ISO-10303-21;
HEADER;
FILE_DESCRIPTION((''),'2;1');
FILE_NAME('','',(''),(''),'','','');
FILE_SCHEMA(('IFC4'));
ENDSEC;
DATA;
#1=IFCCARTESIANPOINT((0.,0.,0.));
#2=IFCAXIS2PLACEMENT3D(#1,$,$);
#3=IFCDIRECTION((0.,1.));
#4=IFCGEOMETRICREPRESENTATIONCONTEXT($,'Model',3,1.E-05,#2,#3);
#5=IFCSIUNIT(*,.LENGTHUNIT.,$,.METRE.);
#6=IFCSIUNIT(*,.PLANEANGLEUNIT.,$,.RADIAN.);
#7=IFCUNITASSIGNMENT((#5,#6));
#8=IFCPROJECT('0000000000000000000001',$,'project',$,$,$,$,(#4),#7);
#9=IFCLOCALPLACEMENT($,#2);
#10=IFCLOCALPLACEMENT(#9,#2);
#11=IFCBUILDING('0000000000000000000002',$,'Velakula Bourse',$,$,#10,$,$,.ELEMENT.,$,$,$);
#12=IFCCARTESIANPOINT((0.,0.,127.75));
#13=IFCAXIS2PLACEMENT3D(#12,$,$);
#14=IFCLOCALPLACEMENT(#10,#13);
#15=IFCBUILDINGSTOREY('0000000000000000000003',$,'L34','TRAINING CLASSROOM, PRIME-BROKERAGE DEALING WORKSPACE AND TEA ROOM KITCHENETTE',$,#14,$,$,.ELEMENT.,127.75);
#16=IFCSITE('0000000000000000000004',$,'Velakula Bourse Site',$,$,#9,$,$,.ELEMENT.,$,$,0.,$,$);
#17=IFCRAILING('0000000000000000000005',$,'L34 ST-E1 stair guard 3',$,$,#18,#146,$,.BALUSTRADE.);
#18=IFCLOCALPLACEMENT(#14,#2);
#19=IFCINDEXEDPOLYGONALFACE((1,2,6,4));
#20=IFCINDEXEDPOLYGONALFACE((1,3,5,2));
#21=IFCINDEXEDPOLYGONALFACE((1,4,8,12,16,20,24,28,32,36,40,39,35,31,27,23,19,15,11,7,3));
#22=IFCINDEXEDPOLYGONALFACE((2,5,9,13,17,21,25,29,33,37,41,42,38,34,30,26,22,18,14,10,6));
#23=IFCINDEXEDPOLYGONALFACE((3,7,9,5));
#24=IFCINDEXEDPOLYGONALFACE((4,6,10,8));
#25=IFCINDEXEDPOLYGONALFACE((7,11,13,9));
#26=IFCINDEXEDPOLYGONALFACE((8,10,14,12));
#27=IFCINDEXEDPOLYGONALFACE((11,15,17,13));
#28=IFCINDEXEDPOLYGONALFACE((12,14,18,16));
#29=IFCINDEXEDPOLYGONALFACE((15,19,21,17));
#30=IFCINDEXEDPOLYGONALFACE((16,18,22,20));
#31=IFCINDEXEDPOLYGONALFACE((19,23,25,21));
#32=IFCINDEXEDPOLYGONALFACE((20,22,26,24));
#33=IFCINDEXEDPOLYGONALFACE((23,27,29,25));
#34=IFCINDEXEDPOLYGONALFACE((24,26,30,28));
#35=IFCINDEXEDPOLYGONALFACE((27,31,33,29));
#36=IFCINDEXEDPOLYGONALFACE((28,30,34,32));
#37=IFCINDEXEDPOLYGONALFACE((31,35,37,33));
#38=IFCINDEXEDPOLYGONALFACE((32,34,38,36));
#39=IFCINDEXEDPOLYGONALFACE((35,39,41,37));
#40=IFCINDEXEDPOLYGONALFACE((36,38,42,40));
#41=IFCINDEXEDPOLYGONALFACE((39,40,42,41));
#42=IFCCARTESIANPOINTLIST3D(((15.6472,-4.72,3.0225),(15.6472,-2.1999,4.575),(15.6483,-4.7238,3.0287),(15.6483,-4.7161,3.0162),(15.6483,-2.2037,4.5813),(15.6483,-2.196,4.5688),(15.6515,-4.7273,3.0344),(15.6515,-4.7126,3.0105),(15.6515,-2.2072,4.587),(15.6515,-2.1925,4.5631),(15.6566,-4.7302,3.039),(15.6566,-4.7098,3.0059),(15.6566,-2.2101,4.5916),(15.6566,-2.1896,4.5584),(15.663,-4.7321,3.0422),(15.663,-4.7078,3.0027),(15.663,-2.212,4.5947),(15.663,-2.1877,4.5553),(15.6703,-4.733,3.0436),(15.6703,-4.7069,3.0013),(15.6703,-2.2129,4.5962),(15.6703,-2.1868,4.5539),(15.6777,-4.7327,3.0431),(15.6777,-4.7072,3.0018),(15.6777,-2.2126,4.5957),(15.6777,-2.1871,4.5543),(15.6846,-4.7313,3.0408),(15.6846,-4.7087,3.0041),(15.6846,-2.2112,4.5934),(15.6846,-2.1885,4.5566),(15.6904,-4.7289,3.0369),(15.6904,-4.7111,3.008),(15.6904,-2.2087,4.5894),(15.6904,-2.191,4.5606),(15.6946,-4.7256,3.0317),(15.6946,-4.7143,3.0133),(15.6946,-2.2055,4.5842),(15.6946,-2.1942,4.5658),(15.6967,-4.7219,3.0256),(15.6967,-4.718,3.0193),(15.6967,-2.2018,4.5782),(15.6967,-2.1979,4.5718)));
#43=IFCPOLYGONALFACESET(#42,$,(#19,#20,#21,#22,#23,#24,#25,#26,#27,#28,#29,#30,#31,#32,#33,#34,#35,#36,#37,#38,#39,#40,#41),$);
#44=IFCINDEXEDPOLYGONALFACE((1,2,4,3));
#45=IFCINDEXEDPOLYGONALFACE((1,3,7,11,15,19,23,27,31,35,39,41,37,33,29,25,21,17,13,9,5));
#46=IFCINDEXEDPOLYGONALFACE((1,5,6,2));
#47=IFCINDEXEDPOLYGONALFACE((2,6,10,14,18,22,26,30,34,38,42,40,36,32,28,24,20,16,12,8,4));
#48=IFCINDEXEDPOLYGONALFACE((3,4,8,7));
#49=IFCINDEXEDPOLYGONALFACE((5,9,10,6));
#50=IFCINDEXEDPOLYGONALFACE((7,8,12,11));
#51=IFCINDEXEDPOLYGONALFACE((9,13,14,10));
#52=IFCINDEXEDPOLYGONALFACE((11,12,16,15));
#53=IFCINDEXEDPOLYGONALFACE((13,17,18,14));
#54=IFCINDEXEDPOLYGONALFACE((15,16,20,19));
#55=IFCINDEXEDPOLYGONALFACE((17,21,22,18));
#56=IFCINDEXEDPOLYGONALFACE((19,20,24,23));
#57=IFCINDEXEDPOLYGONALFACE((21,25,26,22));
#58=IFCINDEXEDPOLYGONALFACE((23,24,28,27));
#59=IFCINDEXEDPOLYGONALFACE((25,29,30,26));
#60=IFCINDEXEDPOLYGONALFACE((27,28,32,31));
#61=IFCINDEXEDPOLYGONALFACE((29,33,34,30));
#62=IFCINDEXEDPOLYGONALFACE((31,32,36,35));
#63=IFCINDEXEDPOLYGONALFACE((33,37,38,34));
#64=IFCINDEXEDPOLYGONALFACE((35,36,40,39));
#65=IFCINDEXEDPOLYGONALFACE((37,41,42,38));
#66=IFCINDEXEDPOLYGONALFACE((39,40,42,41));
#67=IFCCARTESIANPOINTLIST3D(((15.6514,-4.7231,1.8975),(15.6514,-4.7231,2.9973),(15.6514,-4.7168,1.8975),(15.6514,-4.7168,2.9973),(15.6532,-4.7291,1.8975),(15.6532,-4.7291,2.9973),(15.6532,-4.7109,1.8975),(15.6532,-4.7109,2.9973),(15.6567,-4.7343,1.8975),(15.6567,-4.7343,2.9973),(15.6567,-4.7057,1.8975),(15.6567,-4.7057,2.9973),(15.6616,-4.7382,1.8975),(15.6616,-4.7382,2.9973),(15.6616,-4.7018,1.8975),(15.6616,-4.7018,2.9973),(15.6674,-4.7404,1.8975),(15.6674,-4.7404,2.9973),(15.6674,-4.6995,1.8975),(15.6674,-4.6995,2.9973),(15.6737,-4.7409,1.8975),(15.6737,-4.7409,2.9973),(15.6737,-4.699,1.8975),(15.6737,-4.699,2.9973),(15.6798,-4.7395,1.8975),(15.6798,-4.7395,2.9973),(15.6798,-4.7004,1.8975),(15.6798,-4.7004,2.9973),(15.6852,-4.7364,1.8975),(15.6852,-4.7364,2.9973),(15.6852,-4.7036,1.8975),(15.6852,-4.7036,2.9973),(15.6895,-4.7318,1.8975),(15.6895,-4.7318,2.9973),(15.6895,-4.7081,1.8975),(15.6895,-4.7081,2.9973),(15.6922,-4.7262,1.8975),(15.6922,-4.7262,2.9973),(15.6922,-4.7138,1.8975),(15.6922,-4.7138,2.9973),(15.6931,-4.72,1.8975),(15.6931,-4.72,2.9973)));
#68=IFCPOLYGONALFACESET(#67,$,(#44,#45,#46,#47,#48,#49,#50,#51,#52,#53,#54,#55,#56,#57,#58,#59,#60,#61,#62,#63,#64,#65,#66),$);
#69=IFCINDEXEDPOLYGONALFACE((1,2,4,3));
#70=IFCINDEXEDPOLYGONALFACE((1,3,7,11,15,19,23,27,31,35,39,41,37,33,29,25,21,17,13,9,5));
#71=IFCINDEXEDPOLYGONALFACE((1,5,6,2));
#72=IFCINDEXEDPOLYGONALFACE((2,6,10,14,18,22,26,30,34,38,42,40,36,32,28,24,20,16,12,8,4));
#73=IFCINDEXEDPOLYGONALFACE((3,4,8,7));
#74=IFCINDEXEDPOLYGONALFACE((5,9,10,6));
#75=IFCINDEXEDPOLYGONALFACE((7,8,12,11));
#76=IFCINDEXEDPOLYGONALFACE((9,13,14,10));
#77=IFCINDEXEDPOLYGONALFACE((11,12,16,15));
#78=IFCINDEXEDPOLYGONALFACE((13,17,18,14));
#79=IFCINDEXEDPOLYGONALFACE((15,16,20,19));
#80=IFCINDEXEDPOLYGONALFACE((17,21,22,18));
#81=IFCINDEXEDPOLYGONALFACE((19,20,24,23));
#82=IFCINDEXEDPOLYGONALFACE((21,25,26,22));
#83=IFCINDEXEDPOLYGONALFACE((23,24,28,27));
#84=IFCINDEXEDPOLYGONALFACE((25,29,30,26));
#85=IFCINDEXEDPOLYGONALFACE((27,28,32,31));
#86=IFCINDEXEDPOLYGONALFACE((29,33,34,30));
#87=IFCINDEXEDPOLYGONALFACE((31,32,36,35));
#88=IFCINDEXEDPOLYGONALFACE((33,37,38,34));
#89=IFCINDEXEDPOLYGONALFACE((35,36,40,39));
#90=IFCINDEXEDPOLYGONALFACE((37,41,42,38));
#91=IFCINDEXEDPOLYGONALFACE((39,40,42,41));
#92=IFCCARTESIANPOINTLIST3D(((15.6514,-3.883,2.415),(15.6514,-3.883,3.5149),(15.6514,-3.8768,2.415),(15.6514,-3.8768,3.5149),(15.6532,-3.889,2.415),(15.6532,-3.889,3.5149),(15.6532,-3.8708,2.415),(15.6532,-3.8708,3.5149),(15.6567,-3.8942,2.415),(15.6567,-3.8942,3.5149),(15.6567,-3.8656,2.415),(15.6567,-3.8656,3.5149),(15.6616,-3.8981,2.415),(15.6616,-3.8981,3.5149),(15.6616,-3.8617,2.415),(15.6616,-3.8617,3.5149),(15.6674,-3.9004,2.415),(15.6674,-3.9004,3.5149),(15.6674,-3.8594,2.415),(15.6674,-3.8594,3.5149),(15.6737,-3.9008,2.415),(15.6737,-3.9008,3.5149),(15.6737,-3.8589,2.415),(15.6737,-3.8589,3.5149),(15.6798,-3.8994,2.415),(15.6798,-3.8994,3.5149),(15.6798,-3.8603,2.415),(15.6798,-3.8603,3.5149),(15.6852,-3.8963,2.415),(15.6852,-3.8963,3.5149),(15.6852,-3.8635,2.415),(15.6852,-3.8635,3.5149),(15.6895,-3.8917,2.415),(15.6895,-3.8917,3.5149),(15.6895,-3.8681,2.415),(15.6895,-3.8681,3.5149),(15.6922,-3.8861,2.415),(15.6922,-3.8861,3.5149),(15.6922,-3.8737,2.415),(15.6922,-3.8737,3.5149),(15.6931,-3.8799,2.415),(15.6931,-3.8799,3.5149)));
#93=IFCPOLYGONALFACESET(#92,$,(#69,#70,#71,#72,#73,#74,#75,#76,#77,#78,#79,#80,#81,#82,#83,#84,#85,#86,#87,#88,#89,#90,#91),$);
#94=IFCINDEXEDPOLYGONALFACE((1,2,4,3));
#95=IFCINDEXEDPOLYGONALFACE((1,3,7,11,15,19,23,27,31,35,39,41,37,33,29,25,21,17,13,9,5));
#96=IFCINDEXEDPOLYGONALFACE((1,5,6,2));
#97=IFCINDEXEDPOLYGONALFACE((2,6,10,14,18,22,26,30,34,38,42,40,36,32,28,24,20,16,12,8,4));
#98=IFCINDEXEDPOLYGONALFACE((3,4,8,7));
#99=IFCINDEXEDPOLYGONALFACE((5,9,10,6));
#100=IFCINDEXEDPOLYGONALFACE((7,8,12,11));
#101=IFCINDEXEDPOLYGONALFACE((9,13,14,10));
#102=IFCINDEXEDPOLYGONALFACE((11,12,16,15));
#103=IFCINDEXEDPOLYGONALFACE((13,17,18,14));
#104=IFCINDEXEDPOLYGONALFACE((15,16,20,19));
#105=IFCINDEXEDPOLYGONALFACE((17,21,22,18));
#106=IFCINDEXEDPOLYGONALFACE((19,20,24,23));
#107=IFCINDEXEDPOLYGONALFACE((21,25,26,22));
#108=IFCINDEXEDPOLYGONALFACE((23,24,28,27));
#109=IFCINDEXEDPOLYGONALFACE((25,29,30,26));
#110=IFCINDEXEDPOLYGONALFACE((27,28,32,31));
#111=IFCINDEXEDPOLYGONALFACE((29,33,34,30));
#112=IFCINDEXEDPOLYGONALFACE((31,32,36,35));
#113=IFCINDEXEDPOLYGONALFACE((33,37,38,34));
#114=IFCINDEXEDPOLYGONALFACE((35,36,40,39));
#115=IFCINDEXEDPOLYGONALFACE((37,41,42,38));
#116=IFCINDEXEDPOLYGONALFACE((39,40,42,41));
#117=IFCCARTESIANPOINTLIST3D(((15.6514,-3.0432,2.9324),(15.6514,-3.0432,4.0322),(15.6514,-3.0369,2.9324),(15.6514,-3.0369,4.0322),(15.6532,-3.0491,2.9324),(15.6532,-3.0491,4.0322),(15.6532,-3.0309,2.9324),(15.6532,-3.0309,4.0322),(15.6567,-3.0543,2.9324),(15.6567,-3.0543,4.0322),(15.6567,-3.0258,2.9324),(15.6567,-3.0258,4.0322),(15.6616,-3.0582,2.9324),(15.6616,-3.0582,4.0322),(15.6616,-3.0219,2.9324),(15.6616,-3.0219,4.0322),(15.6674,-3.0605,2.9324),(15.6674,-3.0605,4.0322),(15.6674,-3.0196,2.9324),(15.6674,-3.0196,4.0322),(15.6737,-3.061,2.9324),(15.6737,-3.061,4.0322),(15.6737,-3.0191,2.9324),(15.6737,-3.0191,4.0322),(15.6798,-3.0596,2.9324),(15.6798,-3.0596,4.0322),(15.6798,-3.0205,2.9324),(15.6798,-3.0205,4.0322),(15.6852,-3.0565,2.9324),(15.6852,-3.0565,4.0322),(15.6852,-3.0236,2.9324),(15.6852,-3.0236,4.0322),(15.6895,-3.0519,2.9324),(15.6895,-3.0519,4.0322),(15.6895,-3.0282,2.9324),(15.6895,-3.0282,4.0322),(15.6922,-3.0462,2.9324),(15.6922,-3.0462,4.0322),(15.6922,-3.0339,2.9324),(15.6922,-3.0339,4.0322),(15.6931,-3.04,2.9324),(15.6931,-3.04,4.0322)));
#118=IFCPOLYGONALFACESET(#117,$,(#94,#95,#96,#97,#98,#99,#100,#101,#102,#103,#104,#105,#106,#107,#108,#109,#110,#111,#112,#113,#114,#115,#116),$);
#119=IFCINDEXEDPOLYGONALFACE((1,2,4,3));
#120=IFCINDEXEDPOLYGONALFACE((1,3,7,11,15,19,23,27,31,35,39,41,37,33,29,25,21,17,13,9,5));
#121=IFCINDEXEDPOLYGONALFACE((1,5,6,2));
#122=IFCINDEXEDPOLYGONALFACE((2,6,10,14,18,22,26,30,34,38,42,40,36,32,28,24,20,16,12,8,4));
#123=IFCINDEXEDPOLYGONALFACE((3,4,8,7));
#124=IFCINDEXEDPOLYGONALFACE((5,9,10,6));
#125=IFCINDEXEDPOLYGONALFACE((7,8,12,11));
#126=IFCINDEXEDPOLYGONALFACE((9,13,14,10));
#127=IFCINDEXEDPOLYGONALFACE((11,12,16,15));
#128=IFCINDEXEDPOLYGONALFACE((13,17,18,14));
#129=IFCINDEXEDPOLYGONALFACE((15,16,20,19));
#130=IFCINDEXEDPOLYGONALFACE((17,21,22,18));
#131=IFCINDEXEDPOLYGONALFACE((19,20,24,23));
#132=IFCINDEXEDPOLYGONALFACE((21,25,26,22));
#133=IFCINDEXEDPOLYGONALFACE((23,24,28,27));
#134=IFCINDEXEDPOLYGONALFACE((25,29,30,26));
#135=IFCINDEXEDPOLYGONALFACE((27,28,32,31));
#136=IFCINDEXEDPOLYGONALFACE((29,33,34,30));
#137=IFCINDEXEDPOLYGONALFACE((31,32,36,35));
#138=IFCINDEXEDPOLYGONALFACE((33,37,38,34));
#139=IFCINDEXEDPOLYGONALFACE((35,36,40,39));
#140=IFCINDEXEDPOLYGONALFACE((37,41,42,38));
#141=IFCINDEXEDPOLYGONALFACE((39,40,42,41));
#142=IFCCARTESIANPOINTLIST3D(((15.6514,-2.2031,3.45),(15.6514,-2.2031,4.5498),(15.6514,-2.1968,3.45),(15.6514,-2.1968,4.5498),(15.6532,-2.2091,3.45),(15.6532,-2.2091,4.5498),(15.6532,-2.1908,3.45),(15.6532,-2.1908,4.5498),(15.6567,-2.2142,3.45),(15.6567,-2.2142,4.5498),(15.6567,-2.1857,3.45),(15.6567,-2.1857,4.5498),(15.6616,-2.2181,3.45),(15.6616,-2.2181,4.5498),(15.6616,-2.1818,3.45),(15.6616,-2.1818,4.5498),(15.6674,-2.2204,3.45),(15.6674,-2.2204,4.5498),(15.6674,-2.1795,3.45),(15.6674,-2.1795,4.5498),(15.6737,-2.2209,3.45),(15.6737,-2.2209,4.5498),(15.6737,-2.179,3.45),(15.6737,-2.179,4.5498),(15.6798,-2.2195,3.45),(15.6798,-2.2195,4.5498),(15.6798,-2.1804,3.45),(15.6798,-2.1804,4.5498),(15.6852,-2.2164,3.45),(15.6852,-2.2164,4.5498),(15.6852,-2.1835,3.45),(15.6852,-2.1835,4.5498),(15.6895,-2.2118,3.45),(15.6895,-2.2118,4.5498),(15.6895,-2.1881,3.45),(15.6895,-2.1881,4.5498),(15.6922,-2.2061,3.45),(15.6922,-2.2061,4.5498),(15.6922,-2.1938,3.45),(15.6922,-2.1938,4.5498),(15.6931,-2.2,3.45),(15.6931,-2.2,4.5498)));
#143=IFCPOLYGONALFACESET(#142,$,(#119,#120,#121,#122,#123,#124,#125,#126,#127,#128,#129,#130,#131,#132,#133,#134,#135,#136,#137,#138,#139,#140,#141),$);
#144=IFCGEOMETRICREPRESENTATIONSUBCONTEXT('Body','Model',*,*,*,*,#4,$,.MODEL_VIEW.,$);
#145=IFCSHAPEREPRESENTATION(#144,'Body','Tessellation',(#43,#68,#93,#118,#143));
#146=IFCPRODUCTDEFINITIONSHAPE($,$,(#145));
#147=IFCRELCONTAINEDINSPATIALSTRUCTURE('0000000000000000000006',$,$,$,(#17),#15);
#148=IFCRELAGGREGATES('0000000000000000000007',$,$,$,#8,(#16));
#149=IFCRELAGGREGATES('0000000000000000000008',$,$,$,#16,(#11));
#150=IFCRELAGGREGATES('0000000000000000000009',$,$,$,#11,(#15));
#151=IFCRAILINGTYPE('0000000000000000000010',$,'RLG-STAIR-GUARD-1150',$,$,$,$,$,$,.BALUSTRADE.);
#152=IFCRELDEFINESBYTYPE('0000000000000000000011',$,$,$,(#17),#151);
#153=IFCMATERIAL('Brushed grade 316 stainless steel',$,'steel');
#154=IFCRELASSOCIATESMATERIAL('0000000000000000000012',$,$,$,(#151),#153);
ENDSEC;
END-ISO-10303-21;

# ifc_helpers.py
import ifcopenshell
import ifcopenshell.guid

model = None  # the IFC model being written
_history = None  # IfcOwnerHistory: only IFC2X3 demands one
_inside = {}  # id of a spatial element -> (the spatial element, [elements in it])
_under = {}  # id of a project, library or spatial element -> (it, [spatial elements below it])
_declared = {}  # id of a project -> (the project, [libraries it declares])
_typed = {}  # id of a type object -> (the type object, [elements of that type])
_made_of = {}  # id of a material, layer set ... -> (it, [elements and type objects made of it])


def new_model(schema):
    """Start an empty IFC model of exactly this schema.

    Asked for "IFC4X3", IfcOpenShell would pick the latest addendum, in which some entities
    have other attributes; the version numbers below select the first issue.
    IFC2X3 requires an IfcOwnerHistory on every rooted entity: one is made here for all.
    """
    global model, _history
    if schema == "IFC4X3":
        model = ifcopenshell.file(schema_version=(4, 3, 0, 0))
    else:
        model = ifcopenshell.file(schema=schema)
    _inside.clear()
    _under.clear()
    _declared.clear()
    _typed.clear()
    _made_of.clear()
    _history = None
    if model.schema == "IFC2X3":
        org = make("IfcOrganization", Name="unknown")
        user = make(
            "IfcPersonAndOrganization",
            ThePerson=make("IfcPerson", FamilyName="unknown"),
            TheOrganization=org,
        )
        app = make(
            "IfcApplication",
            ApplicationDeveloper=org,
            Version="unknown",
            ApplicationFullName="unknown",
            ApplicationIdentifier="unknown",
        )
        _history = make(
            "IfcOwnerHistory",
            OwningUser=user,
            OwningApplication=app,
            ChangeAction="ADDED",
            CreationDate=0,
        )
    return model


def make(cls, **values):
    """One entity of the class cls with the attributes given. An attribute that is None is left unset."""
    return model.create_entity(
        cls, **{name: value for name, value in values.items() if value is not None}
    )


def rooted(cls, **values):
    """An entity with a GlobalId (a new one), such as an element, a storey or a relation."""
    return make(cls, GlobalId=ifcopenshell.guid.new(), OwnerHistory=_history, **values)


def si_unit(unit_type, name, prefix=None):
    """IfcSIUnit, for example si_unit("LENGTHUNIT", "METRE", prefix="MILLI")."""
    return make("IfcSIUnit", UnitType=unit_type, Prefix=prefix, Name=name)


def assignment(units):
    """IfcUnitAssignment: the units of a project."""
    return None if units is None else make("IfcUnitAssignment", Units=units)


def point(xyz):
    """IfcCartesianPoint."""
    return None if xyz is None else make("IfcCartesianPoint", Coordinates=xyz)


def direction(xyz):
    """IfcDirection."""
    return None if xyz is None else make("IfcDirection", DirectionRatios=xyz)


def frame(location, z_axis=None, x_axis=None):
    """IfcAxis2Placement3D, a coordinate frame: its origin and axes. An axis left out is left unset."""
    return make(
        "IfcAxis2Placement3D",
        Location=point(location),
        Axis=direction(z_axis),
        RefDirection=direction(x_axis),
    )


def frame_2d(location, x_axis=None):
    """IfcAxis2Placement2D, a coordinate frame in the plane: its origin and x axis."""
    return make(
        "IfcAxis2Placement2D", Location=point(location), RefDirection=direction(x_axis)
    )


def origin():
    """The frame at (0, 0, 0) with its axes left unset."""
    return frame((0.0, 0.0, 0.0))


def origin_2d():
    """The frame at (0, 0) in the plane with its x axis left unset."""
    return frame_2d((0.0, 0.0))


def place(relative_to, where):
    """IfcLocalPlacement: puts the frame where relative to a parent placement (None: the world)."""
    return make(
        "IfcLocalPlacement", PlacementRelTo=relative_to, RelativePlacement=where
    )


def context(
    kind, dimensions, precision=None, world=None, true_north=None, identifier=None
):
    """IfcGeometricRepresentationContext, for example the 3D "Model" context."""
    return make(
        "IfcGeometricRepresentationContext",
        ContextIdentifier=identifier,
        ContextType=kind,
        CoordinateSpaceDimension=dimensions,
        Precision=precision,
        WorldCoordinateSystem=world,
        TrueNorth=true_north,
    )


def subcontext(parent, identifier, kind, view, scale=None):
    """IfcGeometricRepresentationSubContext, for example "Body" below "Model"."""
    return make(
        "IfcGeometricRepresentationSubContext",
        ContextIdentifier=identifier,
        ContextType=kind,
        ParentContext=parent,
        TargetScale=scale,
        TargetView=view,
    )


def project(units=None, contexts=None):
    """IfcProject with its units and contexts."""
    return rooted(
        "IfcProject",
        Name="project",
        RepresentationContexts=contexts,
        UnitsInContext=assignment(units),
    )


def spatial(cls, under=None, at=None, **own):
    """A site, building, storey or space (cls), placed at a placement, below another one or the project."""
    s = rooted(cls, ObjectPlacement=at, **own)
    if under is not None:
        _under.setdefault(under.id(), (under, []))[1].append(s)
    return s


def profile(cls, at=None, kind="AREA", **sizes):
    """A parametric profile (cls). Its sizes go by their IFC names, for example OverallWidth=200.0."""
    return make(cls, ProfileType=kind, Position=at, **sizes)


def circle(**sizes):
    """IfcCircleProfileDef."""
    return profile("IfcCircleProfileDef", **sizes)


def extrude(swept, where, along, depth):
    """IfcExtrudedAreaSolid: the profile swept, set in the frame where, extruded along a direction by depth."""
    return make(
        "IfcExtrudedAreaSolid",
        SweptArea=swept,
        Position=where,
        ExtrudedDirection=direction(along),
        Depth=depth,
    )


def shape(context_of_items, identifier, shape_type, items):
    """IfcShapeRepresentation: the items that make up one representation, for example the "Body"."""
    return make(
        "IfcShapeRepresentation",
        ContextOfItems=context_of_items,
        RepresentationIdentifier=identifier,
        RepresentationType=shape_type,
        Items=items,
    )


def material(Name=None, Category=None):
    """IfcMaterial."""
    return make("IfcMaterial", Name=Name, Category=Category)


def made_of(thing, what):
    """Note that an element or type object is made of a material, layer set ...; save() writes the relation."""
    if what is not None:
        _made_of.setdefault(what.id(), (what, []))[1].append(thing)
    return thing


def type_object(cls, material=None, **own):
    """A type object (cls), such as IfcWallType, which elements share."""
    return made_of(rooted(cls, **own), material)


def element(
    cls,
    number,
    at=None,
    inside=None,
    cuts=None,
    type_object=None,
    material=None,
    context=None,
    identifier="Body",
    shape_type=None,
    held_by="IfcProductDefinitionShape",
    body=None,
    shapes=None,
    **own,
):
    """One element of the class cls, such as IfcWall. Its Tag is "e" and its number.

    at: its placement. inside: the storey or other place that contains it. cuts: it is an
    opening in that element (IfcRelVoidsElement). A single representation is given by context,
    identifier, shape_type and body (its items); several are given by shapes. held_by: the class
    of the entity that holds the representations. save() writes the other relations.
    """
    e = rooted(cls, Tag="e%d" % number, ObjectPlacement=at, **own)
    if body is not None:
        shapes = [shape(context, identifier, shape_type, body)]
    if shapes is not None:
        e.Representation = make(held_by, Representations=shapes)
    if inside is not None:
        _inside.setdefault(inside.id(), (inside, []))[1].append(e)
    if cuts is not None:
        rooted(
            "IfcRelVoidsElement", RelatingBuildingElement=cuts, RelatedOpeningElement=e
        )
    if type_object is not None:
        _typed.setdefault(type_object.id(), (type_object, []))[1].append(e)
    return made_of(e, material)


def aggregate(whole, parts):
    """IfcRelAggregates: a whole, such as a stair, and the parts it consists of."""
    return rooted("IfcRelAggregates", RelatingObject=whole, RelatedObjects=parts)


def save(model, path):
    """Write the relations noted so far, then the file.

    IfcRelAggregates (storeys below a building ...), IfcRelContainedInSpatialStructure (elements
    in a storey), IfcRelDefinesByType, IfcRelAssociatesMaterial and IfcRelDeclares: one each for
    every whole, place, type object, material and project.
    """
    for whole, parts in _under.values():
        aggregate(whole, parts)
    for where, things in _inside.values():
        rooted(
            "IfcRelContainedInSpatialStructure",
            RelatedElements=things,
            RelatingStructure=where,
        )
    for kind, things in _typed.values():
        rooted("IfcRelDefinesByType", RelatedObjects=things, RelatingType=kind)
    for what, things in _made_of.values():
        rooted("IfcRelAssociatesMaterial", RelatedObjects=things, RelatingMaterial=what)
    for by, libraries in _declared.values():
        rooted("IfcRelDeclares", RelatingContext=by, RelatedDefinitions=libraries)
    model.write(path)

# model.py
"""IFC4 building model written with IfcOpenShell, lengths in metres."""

from ifc_helpers import new_model, si_unit, direction, frame, origin, origin_2d, place, context, subcontext, project, spatial, circle, extrude, material, type_object, element, save


model = new_model("IFC4")

# Units and contexts
model_context = context("Model", 3, precision=1e-05, world=origin(), true_north=direction((0.0, 1.0)))
body_context = subcontext(model_context, "Body", "Model", "MODEL_VIEW")
ifc_project = project(units=[si_unit("LENGTHUNIT", "METRE"), si_unit("PLANEANGLEUNIT", "RADIAN")], contexts=[model_context])

# Site, building, storey
site_placement = place(None, origin())
site = spatial("IfcSite", under=ifc_project, at=site_placement, Name="Velakula Bourse Site", CompositionType="ELEMENT", RefElevation=0.0)
building_placement = place(site_placement, origin())
building = spatial("IfcBuilding", under=site, at=building_placement, Name="Velakula Bourse", CompositionType="ELEMENT")
storey_placement = place(building_placement, frame((0.0, 0.0, 127.75)))
storey = spatial("IfcBuildingStorey", under=building, at=storey_placement, Name="L34", Description="TRAINING CLASSROOM, PRIME-BROKERAGE DEALING WORKSPACE AND TEA ROOM KITCHENETTE", CompositionType="ELEMENT", Elevation=127.75)

# Shared definitions
ifc_material_1 = material(Name="Brushed grade 316 stainless steel", Category="steel")

# Railing
railing_type_1 = type_object("IfcRailingType", Name="RLG-STAIR-GUARD-1150", PredefinedType="BALUSTRADE", material=ifc_material_1)
railing_1_placement = place(storey_placement, frame((15.6721, -4.72, 1.8975)))
element("IfcRailing", 1, at=railing_1_placement, inside=storey, type_object=railing_type_1, Name="L34 ST-E1 stair guard 3", PredefinedType="BALUSTRADE", context=body_context, shape_type="SweptSolid", body=[
    extrude(circle(Radius=0.0249, at=origin_2d()), frame((0.0, 0.0, 1.125), z_axis=(0.0, 0.8514, 0.524516), x_axis=(-1.0, 0.0, 0.0)), (0.0, 0.0, 1.0), 2.96),
    extrude(circle(Radius=0.021, at=origin_2d()), origin(), (0.0, 0.0, 1.0), 1.0999),
    extrude(circle(Radius=0.021, at=origin_2d()), frame((0.0, 0.8401, 0.5176)), (0.0, 0.0, 1.0), 1.0999),
    extrude(circle(Radius=0.021, at=origin_2d()), frame((0.0, 1.6799, 1.0349)), (0.0, 0.0, 1.0), 1.0999),
    extrude(circle(Radius=0.021, at=origin_2d()), frame((0.0, 2.52, 1.5525)), (0.0, 0.0, 1.0), 1.0999),
])

save(model, "model.ifc")
